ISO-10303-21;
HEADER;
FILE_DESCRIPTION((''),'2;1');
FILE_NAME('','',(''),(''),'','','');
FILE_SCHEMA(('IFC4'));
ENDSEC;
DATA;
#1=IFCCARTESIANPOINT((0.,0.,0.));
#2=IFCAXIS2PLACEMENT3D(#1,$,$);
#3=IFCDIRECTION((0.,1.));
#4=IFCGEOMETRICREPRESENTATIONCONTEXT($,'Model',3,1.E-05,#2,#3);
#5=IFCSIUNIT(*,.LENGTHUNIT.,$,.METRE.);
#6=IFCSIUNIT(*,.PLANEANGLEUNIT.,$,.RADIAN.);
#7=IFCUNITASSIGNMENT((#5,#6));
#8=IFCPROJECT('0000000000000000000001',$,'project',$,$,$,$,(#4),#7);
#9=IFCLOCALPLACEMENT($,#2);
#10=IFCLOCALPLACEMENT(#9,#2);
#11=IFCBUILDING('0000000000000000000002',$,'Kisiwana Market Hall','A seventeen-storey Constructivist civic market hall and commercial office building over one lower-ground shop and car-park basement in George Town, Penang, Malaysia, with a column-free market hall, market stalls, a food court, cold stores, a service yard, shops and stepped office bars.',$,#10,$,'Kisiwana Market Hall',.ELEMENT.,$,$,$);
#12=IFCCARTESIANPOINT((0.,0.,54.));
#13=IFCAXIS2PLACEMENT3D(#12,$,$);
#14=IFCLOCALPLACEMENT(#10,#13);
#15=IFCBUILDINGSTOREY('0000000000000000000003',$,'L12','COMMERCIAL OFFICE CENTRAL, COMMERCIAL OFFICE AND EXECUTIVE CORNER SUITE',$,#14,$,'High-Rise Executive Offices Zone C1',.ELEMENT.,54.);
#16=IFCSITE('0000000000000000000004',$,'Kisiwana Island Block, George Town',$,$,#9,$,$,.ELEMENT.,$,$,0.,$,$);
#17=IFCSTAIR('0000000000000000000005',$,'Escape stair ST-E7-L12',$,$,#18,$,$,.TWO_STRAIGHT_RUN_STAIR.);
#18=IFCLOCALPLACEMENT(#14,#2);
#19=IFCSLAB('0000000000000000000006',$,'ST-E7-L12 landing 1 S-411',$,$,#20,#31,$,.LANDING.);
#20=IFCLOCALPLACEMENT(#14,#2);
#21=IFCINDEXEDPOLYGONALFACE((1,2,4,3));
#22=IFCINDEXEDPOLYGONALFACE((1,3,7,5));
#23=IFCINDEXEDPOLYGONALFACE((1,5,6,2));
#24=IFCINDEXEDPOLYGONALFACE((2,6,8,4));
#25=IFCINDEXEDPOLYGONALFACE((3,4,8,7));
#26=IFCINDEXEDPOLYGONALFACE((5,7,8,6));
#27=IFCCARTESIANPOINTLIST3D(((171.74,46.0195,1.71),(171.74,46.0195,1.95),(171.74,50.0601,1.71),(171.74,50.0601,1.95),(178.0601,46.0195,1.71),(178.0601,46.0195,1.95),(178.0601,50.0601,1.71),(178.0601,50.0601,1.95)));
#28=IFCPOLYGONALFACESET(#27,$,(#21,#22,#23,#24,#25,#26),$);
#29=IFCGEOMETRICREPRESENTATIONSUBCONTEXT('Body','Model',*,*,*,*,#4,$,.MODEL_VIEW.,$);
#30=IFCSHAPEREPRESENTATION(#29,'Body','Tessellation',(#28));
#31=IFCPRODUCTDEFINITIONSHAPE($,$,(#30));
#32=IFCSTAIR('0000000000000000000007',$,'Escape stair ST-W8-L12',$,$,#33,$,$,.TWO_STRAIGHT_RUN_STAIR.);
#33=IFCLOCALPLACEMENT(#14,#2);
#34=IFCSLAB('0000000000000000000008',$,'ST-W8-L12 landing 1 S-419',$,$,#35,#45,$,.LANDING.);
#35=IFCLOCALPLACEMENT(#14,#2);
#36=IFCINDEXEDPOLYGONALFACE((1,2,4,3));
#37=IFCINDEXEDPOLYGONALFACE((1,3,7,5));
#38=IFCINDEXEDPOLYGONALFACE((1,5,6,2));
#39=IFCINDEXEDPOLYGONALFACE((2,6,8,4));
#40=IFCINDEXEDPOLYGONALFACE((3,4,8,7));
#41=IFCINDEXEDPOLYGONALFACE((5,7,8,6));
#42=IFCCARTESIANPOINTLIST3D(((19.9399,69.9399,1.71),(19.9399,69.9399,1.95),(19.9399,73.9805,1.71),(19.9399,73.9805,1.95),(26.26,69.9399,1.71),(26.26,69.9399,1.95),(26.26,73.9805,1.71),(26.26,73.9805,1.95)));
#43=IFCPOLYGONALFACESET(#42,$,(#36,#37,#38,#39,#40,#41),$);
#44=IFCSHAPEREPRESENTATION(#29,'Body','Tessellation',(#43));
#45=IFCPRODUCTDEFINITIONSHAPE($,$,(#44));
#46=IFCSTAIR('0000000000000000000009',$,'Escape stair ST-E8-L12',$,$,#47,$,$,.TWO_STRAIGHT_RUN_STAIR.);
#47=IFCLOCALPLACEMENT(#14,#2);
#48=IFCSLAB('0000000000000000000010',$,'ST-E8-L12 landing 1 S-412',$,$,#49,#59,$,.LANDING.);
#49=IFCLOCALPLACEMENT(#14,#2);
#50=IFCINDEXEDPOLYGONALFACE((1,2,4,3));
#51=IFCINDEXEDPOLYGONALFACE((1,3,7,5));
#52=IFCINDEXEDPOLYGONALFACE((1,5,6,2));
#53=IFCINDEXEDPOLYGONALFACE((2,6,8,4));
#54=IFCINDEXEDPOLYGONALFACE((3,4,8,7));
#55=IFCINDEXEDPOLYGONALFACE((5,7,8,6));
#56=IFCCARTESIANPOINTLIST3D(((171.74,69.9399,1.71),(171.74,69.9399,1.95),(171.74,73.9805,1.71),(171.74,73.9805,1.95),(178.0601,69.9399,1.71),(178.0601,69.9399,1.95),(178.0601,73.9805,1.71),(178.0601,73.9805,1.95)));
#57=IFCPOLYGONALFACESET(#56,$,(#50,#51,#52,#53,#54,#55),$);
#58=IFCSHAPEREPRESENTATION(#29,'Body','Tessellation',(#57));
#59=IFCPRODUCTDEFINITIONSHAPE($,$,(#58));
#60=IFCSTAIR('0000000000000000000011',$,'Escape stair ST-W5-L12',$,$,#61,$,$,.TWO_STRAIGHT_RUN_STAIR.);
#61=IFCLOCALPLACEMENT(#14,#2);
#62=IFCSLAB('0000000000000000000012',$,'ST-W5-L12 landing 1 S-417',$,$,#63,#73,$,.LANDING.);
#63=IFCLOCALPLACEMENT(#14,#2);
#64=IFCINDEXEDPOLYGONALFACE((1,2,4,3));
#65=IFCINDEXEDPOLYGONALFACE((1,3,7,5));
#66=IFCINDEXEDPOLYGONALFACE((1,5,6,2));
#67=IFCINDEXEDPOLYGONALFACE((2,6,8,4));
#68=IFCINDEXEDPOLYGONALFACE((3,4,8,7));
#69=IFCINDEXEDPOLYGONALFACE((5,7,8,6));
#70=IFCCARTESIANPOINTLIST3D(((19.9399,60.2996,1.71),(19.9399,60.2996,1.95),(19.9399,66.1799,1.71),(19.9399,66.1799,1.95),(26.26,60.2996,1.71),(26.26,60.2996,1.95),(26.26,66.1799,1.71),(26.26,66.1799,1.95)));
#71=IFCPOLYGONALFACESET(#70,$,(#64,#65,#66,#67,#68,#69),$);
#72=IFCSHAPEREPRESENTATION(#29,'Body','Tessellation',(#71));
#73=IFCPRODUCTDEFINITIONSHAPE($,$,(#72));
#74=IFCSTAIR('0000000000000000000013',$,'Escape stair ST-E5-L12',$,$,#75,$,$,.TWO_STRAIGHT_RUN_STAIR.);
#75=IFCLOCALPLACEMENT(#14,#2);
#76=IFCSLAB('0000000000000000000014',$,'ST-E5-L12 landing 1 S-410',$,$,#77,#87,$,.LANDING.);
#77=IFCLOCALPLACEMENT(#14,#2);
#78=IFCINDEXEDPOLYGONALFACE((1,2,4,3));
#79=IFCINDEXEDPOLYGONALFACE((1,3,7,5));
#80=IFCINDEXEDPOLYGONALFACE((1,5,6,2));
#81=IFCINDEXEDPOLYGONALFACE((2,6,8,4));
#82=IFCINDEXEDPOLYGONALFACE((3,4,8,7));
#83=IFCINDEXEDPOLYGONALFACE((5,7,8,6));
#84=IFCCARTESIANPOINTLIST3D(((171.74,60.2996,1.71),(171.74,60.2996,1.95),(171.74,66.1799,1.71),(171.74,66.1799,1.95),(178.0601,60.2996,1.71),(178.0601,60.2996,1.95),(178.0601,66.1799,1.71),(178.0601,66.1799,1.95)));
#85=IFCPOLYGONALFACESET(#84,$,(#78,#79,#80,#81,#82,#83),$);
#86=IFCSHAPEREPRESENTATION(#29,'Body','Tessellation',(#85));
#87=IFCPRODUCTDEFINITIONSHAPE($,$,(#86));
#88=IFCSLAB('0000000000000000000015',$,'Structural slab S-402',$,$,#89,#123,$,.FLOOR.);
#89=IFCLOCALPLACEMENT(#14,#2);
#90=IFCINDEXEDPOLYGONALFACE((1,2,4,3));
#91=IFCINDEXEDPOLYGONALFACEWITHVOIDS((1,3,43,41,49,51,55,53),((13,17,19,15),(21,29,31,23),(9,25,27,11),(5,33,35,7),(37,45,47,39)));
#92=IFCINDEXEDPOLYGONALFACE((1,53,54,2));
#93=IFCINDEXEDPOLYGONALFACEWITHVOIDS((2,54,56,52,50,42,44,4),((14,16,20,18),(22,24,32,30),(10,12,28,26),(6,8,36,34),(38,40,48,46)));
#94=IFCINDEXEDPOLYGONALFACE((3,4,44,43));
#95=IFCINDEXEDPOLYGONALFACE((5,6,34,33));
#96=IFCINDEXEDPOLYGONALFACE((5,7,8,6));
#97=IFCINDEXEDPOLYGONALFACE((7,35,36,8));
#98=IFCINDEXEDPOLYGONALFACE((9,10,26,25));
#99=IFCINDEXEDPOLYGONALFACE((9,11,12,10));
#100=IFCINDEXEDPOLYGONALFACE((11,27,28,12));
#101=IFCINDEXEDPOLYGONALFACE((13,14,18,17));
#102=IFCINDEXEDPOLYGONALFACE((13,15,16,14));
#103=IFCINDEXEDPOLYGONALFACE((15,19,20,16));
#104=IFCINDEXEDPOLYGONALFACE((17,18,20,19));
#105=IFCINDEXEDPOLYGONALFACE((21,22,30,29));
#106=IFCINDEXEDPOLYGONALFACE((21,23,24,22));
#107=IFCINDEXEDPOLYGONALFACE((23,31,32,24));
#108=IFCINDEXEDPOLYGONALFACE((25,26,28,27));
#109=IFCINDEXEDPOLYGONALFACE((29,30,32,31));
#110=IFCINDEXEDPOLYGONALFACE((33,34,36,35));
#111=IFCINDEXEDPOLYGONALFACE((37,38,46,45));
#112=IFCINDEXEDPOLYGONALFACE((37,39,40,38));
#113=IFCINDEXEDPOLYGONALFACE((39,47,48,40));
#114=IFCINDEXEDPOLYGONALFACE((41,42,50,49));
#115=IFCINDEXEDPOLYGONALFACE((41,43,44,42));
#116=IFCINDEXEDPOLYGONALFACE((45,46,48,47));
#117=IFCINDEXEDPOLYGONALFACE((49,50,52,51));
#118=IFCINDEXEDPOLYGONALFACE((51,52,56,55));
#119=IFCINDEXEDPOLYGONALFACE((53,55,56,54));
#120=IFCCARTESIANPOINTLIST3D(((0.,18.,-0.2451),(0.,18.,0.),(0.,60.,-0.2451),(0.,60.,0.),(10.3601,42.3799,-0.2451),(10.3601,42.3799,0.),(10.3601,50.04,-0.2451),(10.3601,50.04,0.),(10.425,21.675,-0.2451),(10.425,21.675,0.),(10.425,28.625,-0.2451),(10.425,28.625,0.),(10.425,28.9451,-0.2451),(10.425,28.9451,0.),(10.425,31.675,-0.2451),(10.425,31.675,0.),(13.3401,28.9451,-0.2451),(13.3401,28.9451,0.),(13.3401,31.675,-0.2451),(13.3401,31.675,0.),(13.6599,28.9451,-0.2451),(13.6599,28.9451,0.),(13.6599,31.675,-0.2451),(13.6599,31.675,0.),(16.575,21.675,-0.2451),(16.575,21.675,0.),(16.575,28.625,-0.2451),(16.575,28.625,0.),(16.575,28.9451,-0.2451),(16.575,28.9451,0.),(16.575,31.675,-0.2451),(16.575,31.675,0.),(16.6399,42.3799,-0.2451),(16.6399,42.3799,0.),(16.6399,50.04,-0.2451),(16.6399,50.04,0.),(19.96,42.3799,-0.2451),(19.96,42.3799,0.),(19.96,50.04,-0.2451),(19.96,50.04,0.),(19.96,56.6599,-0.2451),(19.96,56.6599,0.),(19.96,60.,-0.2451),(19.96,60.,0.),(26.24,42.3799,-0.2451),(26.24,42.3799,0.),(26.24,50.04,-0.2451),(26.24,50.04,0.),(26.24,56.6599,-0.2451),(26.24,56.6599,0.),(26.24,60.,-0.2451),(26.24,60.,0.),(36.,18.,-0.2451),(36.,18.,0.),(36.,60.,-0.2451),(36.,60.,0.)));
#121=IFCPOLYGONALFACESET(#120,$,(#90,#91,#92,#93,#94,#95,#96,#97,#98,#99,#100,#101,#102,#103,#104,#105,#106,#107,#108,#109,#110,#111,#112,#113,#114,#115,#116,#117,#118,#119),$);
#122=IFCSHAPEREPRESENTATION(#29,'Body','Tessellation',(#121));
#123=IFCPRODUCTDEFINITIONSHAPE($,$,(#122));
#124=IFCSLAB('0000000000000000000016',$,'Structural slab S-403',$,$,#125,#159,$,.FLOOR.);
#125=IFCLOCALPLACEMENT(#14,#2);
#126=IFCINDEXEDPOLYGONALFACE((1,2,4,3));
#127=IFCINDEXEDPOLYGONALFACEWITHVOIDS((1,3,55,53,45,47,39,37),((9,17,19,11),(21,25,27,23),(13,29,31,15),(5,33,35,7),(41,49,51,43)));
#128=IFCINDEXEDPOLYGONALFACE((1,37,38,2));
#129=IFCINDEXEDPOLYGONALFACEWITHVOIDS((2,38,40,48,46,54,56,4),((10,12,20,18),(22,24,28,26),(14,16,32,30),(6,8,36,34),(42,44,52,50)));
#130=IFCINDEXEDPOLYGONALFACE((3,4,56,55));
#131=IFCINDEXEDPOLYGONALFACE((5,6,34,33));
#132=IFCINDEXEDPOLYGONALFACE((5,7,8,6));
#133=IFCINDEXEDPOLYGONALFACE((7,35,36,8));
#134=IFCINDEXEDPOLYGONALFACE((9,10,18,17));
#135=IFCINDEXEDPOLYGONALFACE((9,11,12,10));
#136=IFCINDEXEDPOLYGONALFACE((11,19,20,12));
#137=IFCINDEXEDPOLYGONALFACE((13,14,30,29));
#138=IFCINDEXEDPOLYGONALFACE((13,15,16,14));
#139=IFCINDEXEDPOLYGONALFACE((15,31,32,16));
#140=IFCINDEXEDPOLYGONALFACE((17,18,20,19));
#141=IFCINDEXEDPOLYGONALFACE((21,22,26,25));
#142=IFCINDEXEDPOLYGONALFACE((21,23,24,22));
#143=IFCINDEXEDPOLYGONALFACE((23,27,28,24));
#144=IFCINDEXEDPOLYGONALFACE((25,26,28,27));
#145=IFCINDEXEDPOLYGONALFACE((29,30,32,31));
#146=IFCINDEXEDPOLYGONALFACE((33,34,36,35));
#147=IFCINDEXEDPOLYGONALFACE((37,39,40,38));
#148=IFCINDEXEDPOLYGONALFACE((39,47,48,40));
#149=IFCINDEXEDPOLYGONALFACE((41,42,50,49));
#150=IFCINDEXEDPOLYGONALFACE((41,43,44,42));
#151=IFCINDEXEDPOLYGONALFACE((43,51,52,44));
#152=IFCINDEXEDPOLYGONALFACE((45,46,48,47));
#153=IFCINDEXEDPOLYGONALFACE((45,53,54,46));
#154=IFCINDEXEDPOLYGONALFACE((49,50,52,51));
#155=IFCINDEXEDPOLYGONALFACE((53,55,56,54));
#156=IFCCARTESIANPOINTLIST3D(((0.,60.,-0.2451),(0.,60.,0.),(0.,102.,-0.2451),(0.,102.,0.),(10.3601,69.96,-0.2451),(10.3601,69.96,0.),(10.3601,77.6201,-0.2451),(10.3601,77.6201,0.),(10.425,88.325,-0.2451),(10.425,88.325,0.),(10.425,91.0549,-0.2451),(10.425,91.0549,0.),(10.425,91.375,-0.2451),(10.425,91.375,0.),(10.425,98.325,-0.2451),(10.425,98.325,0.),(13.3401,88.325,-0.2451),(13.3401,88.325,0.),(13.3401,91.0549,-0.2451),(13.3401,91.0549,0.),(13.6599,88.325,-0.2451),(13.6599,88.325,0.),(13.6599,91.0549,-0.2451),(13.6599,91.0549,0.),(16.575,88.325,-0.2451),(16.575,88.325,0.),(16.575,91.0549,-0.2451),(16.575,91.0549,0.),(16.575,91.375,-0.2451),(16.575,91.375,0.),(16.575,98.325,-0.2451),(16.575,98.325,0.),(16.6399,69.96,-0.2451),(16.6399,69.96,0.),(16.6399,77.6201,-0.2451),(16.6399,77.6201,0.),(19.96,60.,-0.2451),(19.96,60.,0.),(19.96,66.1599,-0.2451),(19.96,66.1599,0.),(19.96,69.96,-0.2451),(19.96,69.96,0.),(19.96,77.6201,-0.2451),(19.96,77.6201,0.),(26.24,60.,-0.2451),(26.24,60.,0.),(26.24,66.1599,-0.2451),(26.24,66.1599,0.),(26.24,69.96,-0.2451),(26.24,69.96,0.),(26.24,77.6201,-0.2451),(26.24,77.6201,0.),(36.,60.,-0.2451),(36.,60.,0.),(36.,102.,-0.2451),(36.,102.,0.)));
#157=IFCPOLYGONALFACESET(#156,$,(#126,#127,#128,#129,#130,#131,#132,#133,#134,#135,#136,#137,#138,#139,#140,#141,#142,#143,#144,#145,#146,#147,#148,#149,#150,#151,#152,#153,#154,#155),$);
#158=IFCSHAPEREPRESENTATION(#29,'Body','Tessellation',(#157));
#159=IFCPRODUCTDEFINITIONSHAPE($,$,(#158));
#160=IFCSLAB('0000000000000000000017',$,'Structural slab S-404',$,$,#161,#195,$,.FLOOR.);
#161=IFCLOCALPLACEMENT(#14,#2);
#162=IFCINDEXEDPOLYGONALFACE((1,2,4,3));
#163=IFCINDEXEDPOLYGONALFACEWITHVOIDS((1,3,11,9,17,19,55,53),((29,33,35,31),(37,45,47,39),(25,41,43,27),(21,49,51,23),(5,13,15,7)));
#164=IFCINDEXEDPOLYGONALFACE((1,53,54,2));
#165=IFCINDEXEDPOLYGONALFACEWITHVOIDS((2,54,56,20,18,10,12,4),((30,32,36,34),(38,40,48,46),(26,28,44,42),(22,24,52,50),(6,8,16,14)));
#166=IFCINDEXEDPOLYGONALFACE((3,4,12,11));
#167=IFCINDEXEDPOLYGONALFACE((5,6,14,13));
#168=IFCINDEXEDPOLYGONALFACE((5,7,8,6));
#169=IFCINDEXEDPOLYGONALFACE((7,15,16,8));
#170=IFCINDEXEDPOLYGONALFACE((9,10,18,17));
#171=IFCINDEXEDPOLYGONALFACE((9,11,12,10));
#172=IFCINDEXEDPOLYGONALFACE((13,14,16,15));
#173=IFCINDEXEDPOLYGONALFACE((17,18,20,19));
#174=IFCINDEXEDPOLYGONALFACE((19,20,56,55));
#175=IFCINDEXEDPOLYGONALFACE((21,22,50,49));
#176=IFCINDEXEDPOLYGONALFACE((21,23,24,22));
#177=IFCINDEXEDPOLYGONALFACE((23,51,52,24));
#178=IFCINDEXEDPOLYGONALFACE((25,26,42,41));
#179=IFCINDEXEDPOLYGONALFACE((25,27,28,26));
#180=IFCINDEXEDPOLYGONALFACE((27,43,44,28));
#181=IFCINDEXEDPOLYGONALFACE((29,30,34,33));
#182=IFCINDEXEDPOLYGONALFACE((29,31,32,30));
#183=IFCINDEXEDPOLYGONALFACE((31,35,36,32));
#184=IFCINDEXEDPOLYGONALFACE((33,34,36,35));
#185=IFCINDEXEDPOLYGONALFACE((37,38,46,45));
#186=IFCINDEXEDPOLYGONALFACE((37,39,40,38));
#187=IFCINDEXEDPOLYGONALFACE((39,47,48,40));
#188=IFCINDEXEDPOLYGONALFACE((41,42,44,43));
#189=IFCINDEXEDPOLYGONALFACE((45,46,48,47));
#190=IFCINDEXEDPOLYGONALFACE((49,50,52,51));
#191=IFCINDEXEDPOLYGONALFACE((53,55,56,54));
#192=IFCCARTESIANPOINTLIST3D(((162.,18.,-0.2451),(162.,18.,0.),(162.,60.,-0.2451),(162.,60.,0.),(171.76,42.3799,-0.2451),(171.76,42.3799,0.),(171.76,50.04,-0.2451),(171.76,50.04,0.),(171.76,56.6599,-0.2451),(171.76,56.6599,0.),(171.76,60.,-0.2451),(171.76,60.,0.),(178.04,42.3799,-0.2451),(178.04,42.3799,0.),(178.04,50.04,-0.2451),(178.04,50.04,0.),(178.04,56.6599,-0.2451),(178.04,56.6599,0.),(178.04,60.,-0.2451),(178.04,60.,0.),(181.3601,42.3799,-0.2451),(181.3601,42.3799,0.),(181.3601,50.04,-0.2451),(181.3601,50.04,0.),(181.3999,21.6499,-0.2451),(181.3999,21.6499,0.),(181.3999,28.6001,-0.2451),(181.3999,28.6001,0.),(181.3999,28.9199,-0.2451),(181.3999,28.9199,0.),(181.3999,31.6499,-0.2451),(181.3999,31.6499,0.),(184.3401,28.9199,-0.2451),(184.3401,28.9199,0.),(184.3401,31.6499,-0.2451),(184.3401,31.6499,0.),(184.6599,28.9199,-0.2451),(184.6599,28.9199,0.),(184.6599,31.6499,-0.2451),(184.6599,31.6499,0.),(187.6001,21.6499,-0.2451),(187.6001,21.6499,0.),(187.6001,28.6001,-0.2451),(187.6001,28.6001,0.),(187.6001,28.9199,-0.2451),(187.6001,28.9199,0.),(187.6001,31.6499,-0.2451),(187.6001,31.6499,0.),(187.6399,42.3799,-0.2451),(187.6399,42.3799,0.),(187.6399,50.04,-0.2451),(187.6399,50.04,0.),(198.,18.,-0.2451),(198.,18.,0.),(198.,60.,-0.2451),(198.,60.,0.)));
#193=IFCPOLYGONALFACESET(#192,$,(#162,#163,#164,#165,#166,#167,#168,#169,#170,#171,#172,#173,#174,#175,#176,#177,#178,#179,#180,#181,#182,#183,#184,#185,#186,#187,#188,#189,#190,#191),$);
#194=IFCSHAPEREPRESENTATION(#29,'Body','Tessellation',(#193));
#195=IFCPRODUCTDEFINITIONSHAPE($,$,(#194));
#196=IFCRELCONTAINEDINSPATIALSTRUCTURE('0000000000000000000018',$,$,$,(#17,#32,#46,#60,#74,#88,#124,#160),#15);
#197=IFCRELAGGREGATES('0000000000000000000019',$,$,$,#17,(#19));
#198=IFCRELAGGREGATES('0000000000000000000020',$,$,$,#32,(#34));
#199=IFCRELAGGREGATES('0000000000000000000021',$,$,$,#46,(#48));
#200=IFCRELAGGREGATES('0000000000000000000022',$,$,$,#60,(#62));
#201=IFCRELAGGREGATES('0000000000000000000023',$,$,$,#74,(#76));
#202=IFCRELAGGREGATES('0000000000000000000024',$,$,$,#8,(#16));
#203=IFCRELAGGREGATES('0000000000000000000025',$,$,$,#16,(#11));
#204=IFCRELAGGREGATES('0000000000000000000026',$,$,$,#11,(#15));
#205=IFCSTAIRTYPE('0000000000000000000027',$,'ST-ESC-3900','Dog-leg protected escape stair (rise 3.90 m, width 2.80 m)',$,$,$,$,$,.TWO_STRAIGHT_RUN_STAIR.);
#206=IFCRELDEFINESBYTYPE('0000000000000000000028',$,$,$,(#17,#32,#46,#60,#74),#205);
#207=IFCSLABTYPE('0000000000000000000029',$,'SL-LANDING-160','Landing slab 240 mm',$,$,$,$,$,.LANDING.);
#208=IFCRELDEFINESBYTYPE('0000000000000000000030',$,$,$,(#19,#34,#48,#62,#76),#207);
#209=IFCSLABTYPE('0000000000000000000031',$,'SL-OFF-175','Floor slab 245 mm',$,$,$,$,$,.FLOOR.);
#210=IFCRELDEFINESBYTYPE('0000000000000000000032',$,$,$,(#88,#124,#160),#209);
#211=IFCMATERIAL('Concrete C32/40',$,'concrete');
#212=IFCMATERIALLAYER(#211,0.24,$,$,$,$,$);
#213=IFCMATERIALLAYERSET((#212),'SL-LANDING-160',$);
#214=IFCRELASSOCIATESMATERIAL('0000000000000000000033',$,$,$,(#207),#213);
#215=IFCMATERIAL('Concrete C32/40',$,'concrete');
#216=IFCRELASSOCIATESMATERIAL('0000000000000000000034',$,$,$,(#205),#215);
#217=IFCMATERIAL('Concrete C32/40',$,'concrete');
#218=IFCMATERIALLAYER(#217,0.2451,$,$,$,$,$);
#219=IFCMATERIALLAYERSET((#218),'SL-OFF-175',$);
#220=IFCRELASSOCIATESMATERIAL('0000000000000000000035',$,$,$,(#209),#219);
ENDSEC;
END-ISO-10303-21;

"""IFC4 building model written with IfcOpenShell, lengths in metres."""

from ifc_helpers import new_model, si_unit, direction, frame, origin, place, context, subcontext, project, spatial, polyline, outline, extrude, material, layer, layer_set, type_object, element, aggregate, save


model = new_model("IFC4")

# Units and contexts
model_context = context("Model", 3, precision=1e-05, world=origin(), true_north=direction((0.0, 1.0)))
body_context = subcontext(model_context, "Body", "Model", "MODEL_VIEW")
ifc_project = project(units=[si_unit("LENGTHUNIT", "METRE"), si_unit("PLANEANGLEUNIT", "RADIAN")], contexts=[model_context])

# Site, building, storey
site_placement = place(None, origin())
site = spatial("IfcSite", under=ifc_project, at=site_placement, Name="Kisiwana Island Block, George Town", CompositionType="ELEMENT", RefElevation=0.0)
building_placement = place(site_placement, origin())
building = spatial("IfcBuilding", under=site, at=building_placement, Name="Kisiwana Market Hall", Description="A seventeen-storey Constructivist civic market hall and commercial office building over one lower-ground shop and car-park basement in George Town, Penang, Malaysia, with a column-free market hall, market stalls, a food court, cold stores, a service yard, shops and stepped office bars.", LongName="Kisiwana Market Hall", CompositionType="ELEMENT")
storey_placement = place(building_placement, frame((0.0, 0.0, 54.0)))
storey = spatial("IfcBuildingStorey", under=building, at=storey_placement, Name="L12", Description="COMMERCIAL OFFICE CENTRAL, COMMERCIAL OFFICE AND EXECUTIVE CORNER SUITE", LongName="High-Rise Executive Offices Zone C1", CompositionType="ELEMENT", Elevation=54.0)

# Stairs, slabs
ifc_material_1 = material(Name="Concrete C32/40", Category="concrete")
ifc_layer_1 = layer(ifc_material_1, 0.24)
ifc_layer_set_1 = layer_set([ifc_layer_1], Name="SL-LANDING-160")
slab_type_1 = type_object("IfcSlabType", Name="SL-LANDING-160", Description="Landing slab 240 mm", PredefinedType="LANDING", material=ifc_layer_set_1)
ifc_material_2 = material(Name="Concrete C32/40", Category="concrete")
stair_type_1 = type_object("IfcStairType", Name="ST-ESC-3900", Description="Dog-leg protected escape stair (rise 3.90 m, width 2.80 m)", PredefinedType="TWO_STRAIGHT_RUN_STAIR", material=ifc_material_2)
stair_1_placement = place(storey_placement, origin())
stair_1 = element("IfcStair", 1, at=stair_1_placement, inside=storey, type_object=stair_type_1, Name="Escape stair ST-E7-L12", PredefinedType="TWO_STRAIGHT_RUN_STAIR")
slab_1_placement = place(storey_placement, frame((0.0, 0.0, 1.71)))
slab_1 = element("IfcSlab", 2, at=slab_1_placement, type_object=slab_type_1, Name="ST-E7-L12 landing 1 S-411", PredefinedType="LANDING", context=body_context, shape_type="SweptSolid", body=[
    extrude(outline(polyline([(171.74, 46.0195), (178.0601, 46.0195), (178.0601, 50.0601), (171.74, 50.0601), (171.74, 46.0195)])), origin(), (0.0, 0.0, 1.0), 0.24),
])
aggregate(stair_1, [slab_1])
stair_2_placement = place(storey_placement, origin())
stair_2 = element("IfcStair", 3, at=stair_2_placement, inside=storey, type_object=stair_type_1, Name="Escape stair ST-W8-L12", PredefinedType="TWO_STRAIGHT_RUN_STAIR")
slab_2_placement = place(storey_placement, frame((0.0, 0.0, 1.71)))
slab_2 = element("IfcSlab", 4, at=slab_2_placement, type_object=slab_type_1, Name="ST-W8-L12 landing 1 S-419", PredefinedType="LANDING", context=body_context, shape_type="SweptSolid", body=[
    extrude(outline(polyline([(19.9399, 69.9399), (26.26, 69.9399), (26.26, 73.9805), (19.9399, 73.9805), (19.9399, 69.9399)])), origin(), (0.0, 0.0, 1.0), 0.24),
])
aggregate(stair_2, [slab_2])
stair_3_placement = place(storey_placement, origin())
stair_3 = element("IfcStair", 5, at=stair_3_placement, inside=storey, type_object=stair_type_1, Name="Escape stair ST-E8-L12", PredefinedType="TWO_STRAIGHT_RUN_STAIR")
slab_3_placement = place(storey_placement, frame((0.0, 0.0, 1.71)))
slab_3 = element("IfcSlab", 6, at=slab_3_placement, type_object=slab_type_1, Name="ST-E8-L12 landing 1 S-412", PredefinedType="LANDING", context=body_context, shape_type="SweptSolid", body=[
    extrude(outline(polyline([(171.74, 69.9399), (178.0601, 69.9399), (178.0601, 73.9805), (171.74, 73.9805), (171.74, 69.9399)])), origin(), (0.0, 0.0, 1.0), 0.24),
])
aggregate(stair_3, [slab_3])
stair_4_placement = place(storey_placement, origin())
stair_4 = element("IfcStair", 7, at=stair_4_placement, inside=storey, type_object=stair_type_1, Name="Escape stair ST-W5-L12", PredefinedType="TWO_STRAIGHT_RUN_STAIR")
slab_4_placement = place(storey_placement, frame((0.0, 0.0, 1.71)))
slab_4 = element("IfcSlab", 8, at=slab_4_placement, type_object=slab_type_1, Name="ST-W5-L12 landing 1 S-417", PredefinedType="LANDING", context=body_context, shape_type="SweptSolid", body=[
    extrude(outline(polyline([(19.9399, 60.2996), (26.26, 60.2996), (26.26, 66.1799), (19.9399, 66.1799), (19.9399, 60.2996)])), origin(), (0.0, 0.0, 1.0), 0.24),
])
aggregate(stair_4, [slab_4])
stair_5_placement = place(storey_placement, origin())
stair_5 = element("IfcStair", 9, at=stair_5_placement, inside=storey, type_object=stair_type_1, Name="Escape stair ST-E5-L12", PredefinedType="TWO_STRAIGHT_RUN_STAIR")
slab_5_placement = place(storey_placement, frame((0.0, 0.0, 1.71)))
slab_5 = element("IfcSlab", 10, at=slab_5_placement, type_object=slab_type_1, Name="ST-E5-L12 landing 1 S-410", PredefinedType="LANDING", context=body_context, shape_type="SweptSolid", body=[
    extrude(outline(polyline([(171.74, 60.2996), (178.0601, 60.2996), (178.0601, 66.1799), (171.74, 66.1799), (171.74, 60.2996)])), origin(), (0.0, 0.0, 1.0), 0.24),
])
aggregate(stair_5, [slab_5])

# Slabs
ifc_material_3 = material(Name="Concrete C32/40", Category="concrete")
ifc_layer_2 = layer(ifc_material_3, 0.2451)
ifc_layer_set_2 = layer_set([ifc_layer_2], Name="SL-OFF-175")
slab_type_2 = type_object("IfcSlabType", Name="SL-OFF-175", Description="Floor slab 245 mm", PredefinedType="FLOOR", material=ifc_layer_set_2)
slab_6_placement = place(storey_placement, frame((0.0, 0.0, -0.2451)))
element("IfcSlab", 11, at=slab_6_placement, inside=storey, type_object=slab_type_2, Name="Structural slab S-402", PredefinedType="FLOOR", context=body_context, shape_type="SweptSolid", body=[
    extrude(outline(polyline([(0.0, 18.0), (36.0, 18.0), (36.0, 60.0), (26.24, 60.0), (26.24, 56.6599), (19.96, 56.6599), (19.96, 60.0), (0.0, 60.0), (0.0, 18.0)]), holes=[polyline([(10.425, 21.675), (16.575, 21.675), (16.575, 28.625), (10.425, 28.625), (10.425, 21.675)]), polyline([(10.425, 28.9451), (13.3401, 28.9451), (13.3401, 31.675), (10.425, 31.675), (10.425, 28.9451)]), polyline([(13.6599, 28.9451), (16.575, 28.9451), (16.575, 31.675), (13.6599, 31.675), (13.6599, 28.9451)]), polyline([(10.3601, 42.3799), (16.6399, 42.3799), (16.6399, 50.04), (10.3601, 50.04), (10.3601, 42.3799)]), polyline([(19.96, 42.3799), (26.24, 42.3799), (26.24, 50.04), (19.96, 50.04), (19.96, 42.3799)])]), origin(), (0.0, 0.0, 1.0), 0.2451),
])
slab_7_placement = place(storey_placement, frame((0.0, 0.0, -0.2451)))
element("IfcSlab", 12, at=slab_7_placement, inside=storey, type_object=slab_type_2, Name="Structural slab S-403", PredefinedType="FLOOR", context=body_context, shape_type="SweptSolid", body=[
    extrude(outline(polyline([(0.0, 60.0), (19.96, 60.0), (19.96, 66.1599), (26.24, 66.1599), (26.24, 60.0), (36.0, 60.0), (36.0, 102.0), (0.0, 102.0), (0.0, 60.0)]), holes=[polyline([(10.425, 91.375), (16.575, 91.375), (16.575, 98.325), (10.425, 98.325), (10.425, 91.375)]), polyline([(10.425, 88.325), (13.3401, 88.325), (13.3401, 91.0549), (10.425, 91.0549), (10.425, 88.325)]), polyline([(13.6599, 88.325), (16.575, 88.325), (16.575, 91.0549), (13.6599, 91.0549), (13.6599, 88.325)]), polyline([(10.3601, 69.96), (16.6399, 69.96), (16.6399, 77.6201), (10.3601, 77.6201), (10.3601, 69.96)]), polyline([(19.96, 69.96), (26.24, 69.96), (26.24, 77.6201), (19.96, 77.6201), (19.96, 69.96)])]), origin(), (0.0, 0.0, 1.0), 0.2451),
])
slab_8_placement = place(storey_placement, frame((0.0, 0.0, -0.2451)))
element("IfcSlab", 13, at=slab_8_placement, inside=storey, type_object=slab_type_2, Name="Structural slab S-404", PredefinedType="FLOOR", context=body_context, shape_type="SweptSolid", body=[
    extrude(outline(polyline([(162.0, 18.0), (198.0, 18.0), (198.0, 60.0), (178.04, 60.0), (178.04, 56.6599), (171.76, 56.6599), (171.76, 60.0), (162.0, 60.0), (162.0, 18.0)]), holes=[polyline([(181.3999, 21.6499), (187.6001, 21.6499), (187.6001, 28.6001), (181.3999, 28.6001), (181.3999, 21.6499)]), polyline([(181.3999, 28.9199), (184.3401, 28.9199), (184.3401, 31.6499), (181.3999, 31.6499), (181.3999, 28.9199)]), polyline([(184.6599, 28.9199), (187.6001, 28.9199), (187.6001, 31.6499), (184.6599, 31.6499), (184.6599, 28.9199)]), polyline([(181.3601, 42.3799), (187.6399, 42.3799), (187.6399, 50.04), (181.3601, 50.04), (181.3601, 42.3799)]), polyline([(171.76, 42.3799), (178.04, 42.3799), (178.04, 50.04), (171.76, 50.04), (171.76, 42.3799)])]), origin(), (0.0, 0.0, 1.0), 0.2451),
])

save(model, "model.ifc")
